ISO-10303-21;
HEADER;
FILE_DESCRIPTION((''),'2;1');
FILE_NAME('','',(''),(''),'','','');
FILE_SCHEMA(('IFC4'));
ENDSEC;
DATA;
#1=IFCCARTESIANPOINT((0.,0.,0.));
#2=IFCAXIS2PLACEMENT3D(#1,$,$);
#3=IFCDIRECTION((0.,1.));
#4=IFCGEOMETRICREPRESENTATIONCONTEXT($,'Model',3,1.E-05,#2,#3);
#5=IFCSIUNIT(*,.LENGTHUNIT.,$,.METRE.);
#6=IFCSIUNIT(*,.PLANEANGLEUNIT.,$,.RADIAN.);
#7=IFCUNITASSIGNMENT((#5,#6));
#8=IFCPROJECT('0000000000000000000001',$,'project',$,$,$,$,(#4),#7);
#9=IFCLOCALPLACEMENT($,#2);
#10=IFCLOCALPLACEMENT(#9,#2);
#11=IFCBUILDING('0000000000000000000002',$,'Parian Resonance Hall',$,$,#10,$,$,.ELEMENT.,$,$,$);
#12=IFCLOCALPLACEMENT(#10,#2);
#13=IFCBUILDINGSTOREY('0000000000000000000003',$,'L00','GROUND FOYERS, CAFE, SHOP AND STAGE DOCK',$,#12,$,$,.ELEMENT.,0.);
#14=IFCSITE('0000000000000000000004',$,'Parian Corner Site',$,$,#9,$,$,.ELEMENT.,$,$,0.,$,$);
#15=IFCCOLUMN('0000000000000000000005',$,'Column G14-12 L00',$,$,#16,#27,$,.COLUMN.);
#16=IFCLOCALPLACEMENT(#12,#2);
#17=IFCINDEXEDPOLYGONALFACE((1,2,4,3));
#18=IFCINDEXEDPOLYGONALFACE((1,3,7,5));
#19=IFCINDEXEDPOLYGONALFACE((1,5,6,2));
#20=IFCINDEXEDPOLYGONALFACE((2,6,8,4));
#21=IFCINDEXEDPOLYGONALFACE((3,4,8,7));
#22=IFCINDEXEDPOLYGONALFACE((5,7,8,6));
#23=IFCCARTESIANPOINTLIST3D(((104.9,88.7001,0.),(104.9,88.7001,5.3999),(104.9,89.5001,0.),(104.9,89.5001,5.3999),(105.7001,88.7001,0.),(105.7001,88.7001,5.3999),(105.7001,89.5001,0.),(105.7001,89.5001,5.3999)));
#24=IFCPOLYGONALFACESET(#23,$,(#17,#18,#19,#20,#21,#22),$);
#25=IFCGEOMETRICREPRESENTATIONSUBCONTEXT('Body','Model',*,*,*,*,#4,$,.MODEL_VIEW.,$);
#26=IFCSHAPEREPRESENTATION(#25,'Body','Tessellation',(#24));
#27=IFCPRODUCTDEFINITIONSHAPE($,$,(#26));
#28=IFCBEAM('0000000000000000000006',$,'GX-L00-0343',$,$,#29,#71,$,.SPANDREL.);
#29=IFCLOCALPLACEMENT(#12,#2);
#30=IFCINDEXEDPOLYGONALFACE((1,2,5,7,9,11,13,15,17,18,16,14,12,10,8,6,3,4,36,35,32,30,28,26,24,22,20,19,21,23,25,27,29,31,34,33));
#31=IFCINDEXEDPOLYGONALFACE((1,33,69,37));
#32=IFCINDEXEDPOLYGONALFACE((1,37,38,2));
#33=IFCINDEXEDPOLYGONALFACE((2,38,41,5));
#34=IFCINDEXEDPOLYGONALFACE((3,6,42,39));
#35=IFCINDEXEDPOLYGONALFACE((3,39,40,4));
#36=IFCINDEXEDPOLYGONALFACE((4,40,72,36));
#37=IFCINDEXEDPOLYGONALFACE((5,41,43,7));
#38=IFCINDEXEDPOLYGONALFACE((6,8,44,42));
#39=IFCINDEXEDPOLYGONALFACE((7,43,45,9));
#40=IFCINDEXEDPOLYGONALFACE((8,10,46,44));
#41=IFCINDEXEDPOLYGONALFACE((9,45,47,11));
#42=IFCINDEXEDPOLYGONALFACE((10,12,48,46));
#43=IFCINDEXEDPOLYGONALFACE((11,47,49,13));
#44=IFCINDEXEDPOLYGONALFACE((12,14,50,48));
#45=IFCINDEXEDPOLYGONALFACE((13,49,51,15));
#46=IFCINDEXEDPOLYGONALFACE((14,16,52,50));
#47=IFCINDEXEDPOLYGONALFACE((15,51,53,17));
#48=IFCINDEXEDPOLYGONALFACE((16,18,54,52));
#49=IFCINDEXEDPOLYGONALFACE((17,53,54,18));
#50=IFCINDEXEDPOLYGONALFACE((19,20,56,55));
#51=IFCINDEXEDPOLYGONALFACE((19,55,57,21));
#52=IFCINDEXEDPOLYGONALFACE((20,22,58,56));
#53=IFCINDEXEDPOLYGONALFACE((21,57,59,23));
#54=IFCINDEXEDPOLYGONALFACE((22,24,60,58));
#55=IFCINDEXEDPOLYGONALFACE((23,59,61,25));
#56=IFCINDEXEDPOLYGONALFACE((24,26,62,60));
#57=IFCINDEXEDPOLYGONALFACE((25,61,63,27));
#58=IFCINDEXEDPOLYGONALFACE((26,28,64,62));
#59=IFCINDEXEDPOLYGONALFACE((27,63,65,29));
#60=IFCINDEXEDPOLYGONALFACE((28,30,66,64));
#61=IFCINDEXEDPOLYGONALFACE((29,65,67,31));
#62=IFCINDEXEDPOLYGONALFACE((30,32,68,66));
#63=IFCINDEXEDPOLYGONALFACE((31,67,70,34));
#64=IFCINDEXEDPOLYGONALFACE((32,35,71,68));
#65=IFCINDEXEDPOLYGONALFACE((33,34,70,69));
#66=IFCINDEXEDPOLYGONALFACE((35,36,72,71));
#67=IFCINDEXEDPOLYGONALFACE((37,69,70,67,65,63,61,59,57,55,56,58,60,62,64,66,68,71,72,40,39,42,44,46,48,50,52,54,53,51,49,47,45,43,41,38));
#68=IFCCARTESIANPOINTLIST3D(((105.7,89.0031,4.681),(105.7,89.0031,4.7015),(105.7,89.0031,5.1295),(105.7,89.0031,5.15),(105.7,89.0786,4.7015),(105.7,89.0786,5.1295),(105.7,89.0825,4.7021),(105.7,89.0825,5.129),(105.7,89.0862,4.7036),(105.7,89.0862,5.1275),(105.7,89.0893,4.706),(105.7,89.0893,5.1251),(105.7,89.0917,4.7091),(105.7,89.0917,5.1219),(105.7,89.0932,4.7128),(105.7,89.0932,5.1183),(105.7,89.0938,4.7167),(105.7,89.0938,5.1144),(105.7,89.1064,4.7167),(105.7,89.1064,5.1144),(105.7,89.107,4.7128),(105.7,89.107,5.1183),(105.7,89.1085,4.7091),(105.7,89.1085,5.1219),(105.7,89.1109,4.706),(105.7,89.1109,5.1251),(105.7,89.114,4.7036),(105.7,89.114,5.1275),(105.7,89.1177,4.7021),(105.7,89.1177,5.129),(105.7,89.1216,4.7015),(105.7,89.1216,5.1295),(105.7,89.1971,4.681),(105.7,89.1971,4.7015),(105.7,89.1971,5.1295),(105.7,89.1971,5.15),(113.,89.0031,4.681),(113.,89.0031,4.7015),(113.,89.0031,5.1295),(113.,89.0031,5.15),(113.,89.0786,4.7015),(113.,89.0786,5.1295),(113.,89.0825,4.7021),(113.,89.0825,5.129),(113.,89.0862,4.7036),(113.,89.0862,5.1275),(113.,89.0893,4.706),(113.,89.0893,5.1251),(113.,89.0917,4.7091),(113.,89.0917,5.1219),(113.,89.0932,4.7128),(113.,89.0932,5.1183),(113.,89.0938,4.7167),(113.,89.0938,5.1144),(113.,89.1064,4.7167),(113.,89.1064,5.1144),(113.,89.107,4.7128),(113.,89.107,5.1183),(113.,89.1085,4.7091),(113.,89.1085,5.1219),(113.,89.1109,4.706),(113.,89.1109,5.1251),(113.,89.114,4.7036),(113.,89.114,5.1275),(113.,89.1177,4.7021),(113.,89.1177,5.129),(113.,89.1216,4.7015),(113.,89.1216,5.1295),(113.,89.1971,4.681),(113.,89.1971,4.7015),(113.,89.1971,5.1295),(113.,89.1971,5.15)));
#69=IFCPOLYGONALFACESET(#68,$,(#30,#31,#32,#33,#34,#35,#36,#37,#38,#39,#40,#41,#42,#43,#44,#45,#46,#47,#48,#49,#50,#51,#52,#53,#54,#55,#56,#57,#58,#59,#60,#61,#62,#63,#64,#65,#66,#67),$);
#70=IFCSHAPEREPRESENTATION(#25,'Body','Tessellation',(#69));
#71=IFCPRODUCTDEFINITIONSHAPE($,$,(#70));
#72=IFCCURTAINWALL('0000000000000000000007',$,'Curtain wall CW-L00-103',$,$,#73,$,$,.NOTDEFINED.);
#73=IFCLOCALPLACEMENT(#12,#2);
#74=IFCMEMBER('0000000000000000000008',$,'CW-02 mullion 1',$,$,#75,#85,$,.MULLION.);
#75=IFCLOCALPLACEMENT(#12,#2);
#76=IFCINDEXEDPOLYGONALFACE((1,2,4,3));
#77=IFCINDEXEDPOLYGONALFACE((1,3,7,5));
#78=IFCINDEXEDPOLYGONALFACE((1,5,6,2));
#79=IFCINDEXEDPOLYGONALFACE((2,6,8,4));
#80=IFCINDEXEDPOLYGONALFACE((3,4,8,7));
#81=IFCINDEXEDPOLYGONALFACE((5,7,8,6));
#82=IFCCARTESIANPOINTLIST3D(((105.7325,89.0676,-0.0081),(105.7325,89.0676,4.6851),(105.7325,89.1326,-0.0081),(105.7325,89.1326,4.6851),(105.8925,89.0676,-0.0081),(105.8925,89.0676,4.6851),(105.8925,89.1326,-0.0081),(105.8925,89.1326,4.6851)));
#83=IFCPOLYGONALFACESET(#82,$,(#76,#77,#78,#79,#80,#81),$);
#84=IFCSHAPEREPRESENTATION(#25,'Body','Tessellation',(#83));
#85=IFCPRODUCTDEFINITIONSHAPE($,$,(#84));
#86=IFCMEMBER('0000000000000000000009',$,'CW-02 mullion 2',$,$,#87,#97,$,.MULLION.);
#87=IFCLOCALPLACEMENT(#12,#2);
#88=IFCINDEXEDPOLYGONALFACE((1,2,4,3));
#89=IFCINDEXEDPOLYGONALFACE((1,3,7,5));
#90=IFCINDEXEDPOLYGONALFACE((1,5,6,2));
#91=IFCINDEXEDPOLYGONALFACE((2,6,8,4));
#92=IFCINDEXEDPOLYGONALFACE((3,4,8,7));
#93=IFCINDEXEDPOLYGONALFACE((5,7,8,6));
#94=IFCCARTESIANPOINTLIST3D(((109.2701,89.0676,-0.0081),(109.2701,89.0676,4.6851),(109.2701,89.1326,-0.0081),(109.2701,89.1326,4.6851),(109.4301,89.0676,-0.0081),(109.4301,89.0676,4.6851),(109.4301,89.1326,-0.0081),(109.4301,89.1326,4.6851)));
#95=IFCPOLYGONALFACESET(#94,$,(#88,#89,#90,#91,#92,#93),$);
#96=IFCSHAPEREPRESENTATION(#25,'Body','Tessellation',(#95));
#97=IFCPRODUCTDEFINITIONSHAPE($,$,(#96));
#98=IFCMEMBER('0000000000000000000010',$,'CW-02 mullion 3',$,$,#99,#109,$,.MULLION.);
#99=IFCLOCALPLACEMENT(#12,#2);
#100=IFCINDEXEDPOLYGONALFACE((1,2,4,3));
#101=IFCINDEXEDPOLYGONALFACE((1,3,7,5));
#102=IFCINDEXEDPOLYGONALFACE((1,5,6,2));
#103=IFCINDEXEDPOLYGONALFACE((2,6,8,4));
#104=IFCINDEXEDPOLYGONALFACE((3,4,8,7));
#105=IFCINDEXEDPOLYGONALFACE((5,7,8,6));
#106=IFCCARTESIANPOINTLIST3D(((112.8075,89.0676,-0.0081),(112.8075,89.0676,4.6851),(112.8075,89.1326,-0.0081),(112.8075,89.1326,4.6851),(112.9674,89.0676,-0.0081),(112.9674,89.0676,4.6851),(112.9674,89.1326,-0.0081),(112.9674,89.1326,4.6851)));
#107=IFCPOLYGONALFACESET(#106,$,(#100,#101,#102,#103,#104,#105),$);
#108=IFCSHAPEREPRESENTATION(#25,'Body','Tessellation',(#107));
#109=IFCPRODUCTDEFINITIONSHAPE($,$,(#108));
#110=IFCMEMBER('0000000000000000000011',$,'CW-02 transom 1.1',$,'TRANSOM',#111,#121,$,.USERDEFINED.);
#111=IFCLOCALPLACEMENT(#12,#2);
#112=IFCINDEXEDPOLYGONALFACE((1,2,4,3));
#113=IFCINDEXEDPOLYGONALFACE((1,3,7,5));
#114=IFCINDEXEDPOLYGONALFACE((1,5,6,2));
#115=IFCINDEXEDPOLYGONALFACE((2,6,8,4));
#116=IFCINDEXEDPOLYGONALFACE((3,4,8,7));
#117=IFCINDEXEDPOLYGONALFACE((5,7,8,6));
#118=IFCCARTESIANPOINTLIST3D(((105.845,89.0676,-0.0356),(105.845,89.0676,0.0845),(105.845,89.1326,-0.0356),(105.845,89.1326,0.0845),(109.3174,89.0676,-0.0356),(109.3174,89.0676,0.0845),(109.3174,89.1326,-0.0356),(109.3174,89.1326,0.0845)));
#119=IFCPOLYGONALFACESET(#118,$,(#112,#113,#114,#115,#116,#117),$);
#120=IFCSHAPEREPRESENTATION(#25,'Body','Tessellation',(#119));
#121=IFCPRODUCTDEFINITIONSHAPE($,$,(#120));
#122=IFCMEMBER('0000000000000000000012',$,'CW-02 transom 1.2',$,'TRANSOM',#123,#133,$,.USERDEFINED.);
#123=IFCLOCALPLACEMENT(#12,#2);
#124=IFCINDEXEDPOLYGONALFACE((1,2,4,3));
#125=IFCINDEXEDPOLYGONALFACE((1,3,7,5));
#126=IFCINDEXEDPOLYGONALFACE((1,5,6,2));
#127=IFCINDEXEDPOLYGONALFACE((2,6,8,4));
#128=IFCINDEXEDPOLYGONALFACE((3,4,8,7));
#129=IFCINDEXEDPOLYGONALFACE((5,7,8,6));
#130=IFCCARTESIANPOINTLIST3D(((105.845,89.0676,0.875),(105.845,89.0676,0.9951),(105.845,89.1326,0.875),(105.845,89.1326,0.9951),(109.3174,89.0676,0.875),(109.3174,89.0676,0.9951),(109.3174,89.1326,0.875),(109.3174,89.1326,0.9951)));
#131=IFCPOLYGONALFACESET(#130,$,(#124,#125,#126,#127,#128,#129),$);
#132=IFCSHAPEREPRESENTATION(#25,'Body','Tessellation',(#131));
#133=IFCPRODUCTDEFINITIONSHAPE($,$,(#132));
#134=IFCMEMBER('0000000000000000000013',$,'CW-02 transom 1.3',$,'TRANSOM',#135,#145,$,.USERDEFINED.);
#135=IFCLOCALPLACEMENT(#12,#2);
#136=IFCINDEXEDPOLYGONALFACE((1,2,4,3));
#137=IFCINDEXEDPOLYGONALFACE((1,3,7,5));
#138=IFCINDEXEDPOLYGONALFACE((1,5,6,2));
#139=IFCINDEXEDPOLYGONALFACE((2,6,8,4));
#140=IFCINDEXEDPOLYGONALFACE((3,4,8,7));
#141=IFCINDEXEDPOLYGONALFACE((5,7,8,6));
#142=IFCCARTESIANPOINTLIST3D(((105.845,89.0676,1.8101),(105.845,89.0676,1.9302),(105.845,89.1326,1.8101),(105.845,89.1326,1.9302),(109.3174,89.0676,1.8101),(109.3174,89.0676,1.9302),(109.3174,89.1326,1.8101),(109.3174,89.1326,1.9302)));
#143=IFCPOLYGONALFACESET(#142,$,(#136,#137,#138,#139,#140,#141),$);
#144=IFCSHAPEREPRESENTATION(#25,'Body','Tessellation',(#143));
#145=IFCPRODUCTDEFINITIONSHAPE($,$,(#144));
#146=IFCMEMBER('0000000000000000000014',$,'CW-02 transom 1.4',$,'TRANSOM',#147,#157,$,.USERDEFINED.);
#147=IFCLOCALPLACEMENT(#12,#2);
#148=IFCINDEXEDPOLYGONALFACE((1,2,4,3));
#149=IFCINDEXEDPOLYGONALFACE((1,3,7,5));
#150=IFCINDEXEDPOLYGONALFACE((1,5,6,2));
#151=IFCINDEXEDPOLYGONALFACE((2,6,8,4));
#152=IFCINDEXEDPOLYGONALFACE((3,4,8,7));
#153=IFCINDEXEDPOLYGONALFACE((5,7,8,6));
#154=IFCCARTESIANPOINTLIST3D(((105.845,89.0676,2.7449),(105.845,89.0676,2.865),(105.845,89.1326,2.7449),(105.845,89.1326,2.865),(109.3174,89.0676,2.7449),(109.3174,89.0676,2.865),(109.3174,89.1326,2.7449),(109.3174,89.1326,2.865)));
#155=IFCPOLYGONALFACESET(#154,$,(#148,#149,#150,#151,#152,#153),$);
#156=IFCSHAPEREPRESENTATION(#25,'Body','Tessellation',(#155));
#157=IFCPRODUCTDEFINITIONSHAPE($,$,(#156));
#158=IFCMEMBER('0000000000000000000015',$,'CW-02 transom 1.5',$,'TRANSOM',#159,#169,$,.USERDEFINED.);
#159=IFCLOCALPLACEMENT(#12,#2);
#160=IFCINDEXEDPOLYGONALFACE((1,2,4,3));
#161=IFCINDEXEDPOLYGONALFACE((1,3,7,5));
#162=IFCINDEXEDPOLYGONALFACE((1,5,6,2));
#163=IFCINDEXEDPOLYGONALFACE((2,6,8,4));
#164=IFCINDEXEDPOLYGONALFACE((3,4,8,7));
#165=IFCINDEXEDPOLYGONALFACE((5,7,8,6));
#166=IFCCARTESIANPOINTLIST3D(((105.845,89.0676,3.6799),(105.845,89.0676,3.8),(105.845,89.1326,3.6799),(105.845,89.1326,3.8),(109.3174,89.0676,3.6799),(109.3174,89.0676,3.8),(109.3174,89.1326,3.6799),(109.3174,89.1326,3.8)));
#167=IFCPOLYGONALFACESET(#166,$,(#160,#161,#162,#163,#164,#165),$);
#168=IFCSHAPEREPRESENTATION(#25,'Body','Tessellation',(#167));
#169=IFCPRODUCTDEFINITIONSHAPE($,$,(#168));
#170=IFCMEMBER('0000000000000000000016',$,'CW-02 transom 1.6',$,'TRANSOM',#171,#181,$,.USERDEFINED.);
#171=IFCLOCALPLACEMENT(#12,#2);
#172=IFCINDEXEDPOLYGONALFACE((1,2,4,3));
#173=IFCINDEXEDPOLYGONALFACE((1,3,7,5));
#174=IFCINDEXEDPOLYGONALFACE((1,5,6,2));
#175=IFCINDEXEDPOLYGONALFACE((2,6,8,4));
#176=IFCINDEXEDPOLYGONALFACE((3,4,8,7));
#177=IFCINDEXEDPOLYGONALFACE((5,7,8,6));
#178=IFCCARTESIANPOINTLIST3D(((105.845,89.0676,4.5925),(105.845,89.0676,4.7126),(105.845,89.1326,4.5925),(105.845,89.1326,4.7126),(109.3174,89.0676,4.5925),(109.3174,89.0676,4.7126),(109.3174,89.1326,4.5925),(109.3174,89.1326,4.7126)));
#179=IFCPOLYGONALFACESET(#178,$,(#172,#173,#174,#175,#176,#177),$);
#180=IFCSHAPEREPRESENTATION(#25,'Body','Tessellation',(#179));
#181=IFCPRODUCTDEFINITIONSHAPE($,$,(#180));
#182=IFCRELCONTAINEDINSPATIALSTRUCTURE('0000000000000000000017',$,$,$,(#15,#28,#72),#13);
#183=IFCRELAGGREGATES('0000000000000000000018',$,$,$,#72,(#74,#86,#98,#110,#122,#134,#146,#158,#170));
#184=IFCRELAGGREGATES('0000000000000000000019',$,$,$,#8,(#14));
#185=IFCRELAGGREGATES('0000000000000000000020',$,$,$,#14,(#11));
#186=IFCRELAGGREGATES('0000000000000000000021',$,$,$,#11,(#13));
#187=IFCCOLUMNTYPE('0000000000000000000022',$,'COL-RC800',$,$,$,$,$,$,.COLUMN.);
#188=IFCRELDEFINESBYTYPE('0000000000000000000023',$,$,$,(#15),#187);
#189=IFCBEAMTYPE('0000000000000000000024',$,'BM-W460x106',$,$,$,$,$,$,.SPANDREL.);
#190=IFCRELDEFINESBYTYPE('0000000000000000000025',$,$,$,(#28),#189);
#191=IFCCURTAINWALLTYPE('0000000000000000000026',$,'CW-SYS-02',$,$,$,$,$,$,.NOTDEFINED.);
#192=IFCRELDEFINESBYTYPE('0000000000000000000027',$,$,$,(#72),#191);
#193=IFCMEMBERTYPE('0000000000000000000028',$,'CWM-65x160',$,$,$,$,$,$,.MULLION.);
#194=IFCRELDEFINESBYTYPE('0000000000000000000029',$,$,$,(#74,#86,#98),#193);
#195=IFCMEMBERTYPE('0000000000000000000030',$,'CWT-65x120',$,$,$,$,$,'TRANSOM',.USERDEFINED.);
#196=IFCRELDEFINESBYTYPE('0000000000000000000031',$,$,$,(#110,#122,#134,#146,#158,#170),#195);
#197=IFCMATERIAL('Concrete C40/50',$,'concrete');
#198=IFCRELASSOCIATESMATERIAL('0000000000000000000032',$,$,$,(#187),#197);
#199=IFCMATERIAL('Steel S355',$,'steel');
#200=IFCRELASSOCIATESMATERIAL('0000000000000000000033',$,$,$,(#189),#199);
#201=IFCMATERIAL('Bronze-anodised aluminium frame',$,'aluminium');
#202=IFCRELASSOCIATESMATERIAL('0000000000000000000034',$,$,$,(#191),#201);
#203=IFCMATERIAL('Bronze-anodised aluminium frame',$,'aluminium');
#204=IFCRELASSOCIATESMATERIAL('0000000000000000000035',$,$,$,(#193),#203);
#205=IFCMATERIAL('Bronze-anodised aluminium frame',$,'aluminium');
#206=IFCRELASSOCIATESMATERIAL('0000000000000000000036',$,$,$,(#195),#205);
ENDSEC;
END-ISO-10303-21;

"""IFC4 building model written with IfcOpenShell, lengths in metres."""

from ifc_helpers import new_model, si_unit, direction, frame, origin, origin_2d, place, context, subcontext, project, spatial, rectangle, i_section, extrude, material, material_profile, profile_set, type_object, element, aggregate, save


model = new_model("IFC4")

# Units and contexts
model_context = context("Model", 3, precision=1e-05, world=origin(), true_north=direction((0.0, 1.0)))
body_context = subcontext(model_context, "Body", "Model", "MODEL_VIEW")
ifc_project = project(units=[si_unit("LENGTHUNIT", "METRE"), si_unit("PLANEANGLEUNIT", "RADIAN")], contexts=[model_context])

# Site, building, storey
site_placement = place(None, origin())
site = spatial("IfcSite", under=ifc_project, at=site_placement, Name="Parian Corner Site", CompositionType="ELEMENT", RefElevation=0.0)
building_placement = place(site_placement, origin())
building = spatial("IfcBuilding", under=site, at=building_placement, Name="Parian Resonance Hall", CompositionType="ELEMENT")
storey_placement = place(building_placement, origin())
storey = spatial("IfcBuildingStorey", under=building, at=storey_placement, Name="L00", Description="GROUND FOYERS, CAFE, SHOP AND STAGE DOCK", CompositionType="ELEMENT", Elevation=0.0)

# Column
ifc_material_1 = material(Name="Concrete C40/50", Category="concrete")
ifc_material_profile_1 = material_profile(ifc_material_1, rectangle(XDim=0.8, YDim=0.8, at=origin_2d()), Name="RC-COL-800x800")
ifc_profile_set_1 = profile_set([ifc_material_profile_1], Name="Concrete C40/50")
column_type = type_object("IfcColumnType", Name="COL-RC800", PredefinedType="COLUMN", material=ifc_profile_set_1)
column_placement = place(storey_placement, frame((105.3, 89.1001, 0.0), z_axis=(0.0, 0.0, 1.0), x_axis=(1.0, 0.0, 0.0)))
element("IfcColumn", 1, at=column_placement, inside=storey, type_object=column_type, Name="Column G14-12 L00", PredefinedType="COLUMN", context=body_context, shape_type="SweptSolid", body=[
    extrude(rectangle(XDim=0.8, YDim=0.8, at=origin_2d()), origin(), (0.0, 0.0, 1.0), 5.3999),
])

# Beam
ifc_material_2 = material(Name="Steel S355", Category="steel")
ifc_material_profile_2 = material_profile(ifc_material_2, i_section(OverallWidth=0.1941, OverallDepth=0.469, WebThickness=0.0127, FlangeThickness=0.0205, FilletRadius=0.0151, at=origin_2d()), Name="W460x106")
ifc_profile_set_2 = profile_set([ifc_material_profile_2], Name="Steel S355")
beam_type = type_object("IfcBeamType", Name="BM-W460x106", PredefinedType="SPANDREL", material=ifc_profile_set_2)
beam_placement = place(storey_placement, frame((105.7, 89.1001, 4.9155), z_axis=(1.0, 0.0, 0.0), x_axis=(0.0, 1.0, 0.0)))
element("IfcBeam", 2, at=beam_placement, inside=storey, type_object=beam_type, Name="GX-L00-0343", PredefinedType="SPANDREL", context=body_context, shape_type="SweptSolid", body=[
    extrude(i_section(OverallWidth=0.1941, OverallDepth=0.469, WebThickness=0.0127, FlangeThickness=0.0205, FilletRadius=0.0151, at=origin_2d()), origin(), (0.0, 0.0, 1.0), 7.3),
])

# Curtain wall, members
ifc_material_3 = material(Name="Bronze-anodised aluminium frame", Category="aluminium")
curtain_wall_type = type_object("IfcCurtainWallType", Name="CW-SYS-02", PredefinedType="NOTDEFINED", material=ifc_material_3)
curtain_wall_placement = place(storey_placement, origin())
curtain_wall = element("IfcCurtainWall", 3, at=curtain_wall_placement, inside=storey, type_object=curtain_wall_type, Name="Curtain wall CW-L00-103", PredefinedType="NOTDEFINED")
ifc_material_4 = material(Name="Bronze-anodised aluminium frame", Category="aluminium")
ifc_material_profile_3 = material_profile(ifc_material_4, rectangle(XDim=0.0649, YDim=0.1599, at=origin_2d()), Name="CWM-65x160")
ifc_profile_set_3 = profile_set([ifc_material_profile_3], Name="Bronze-anodised aluminium frame")
member_type_1 = type_object("IfcMemberType", Name="CWM-65x160", PredefinedType="MULLION", material=ifc_profile_set_3)
member_1_placement = place(storey_placement, frame((105.8125, 89.1001, -0.0081), z_axis=(0.0, 0.0, 1.0), x_axis=(0.0, 1.0, 0.0)))
member_1 = element("IfcMember", 4, at=member_1_placement, type_object=member_type_1, Name="CW-02 mullion 1", PredefinedType="MULLION", context=body_context, shape_type="SweptSolid", body=[
    extrude(rectangle(XDim=0.0649, YDim=0.1599, at=origin_2d()), origin(), (0.0, 0.0, 1.0), 4.6931),
])
member_2_placement = place(storey_placement, frame((109.3501, 89.1001, -0.0081), z_axis=(0.0, 0.0, 1.0), x_axis=(0.0, 1.0, 0.0)))
member_2 = element("IfcMember", 5, at=member_2_placement, type_object=member_type_1, Name="CW-02 mullion 2", PredefinedType="MULLION", context=body_context, shape_type="SweptSolid", body=[
    extrude(rectangle(XDim=0.0649, YDim=0.1599, at=origin_2d()), origin(), (0.0, 0.0, 1.0), 4.6931),
])
member_3_placement = place(storey_placement, frame((112.8875, 89.1001, -0.0081), z_axis=(0.0, 0.0, 1.0), x_axis=(0.0, 1.0, 0.0)))
member_3 = element("IfcMember", 6, at=member_3_placement, type_object=member_type_1, Name="CW-02 mullion 3", PredefinedType="MULLION", context=body_context, shape_type="SweptSolid", body=[
    extrude(rectangle(XDim=0.0649, YDim=0.1599, at=origin_2d()), origin(), (0.0, 0.0, 1.0), 4.6931),
])
ifc_material_5 = material(Name="Bronze-anodised aluminium frame", Category="aluminium")
ifc_material_profile_4 = material_profile(ifc_material_5, rectangle(XDim=0.0649, YDim=0.1201, at=origin_2d()), Name="CWT-65x120")
ifc_profile_set_4 = profile_set([ifc_material_profile_4], Name="Bronze-anodised aluminium frame")
member_type_2 = type_object("IfcMemberType", Name="CWT-65x120", ElementType="TRANSOM", PredefinedType="USERDEFINED", material=ifc_profile_set_4)
member_4_placement = place(storey_placement, frame((105.845, 89.1001, 0.0244), z_axis=(1.0, 0.0, 0.0), x_axis=(0.0, 1.0, 0.0)))
member_4 = element("IfcMember", 7, at=member_4_placement, type_object=member_type_2, Name="CW-02 transom 1.1", ObjectType="TRANSOM", PredefinedType="USERDEFINED", context=body_context, shape_type="SweptSolid", body=[
    extrude(rectangle(XDim=0.0649, YDim=0.1201, at=origin_2d()), origin(), (0.0, 0.0, 1.0), 3.4724),
])
member_5_placement = place(storey_placement, frame((105.845, 89.1001, 0.9351), z_axis=(1.0, 0.0, 0.0), x_axis=(0.0, 1.0, 0.0)))
member_5 = element("IfcMember", 8, at=member_5_placement, type_object=member_type_2, Name="CW-02 transom 1.2", ObjectType="TRANSOM", PredefinedType="USERDEFINED", context=body_context, shape_type="SweptSolid", body=[
    extrude(rectangle(XDim=0.0649, YDim=0.1201, at=origin_2d()), origin(), (0.0, 0.0, 1.0), 3.4724),
])
member_6_placement = place(storey_placement, frame((105.845, 89.1001, 1.8701), z_axis=(1.0, 0.0, 0.0), x_axis=(0.0, 1.0, 0.0)))
member_6 = element("IfcMember", 9, at=member_6_placement, type_object=member_type_2, Name="CW-02 transom 1.3", ObjectType="TRANSOM", PredefinedType="USERDEFINED", context=body_context, shape_type="SweptSolid", body=[
    extrude(rectangle(XDim=0.0649, YDim=0.1201, at=origin_2d()), origin(), (0.0, 0.0, 1.0), 3.4724),
])
member_7_placement = place(storey_placement, frame((105.845, 89.1001, 2.8049), z_axis=(1.0, 0.0, 0.0), x_axis=(0.0, 1.0, 0.0)))
member_7 = element("IfcMember", 10, at=member_7_placement, type_object=member_type_2, Name="CW-02 transom 1.4", ObjectType="TRANSOM", PredefinedType="USERDEFINED", context=body_context, shape_type="SweptSolid", body=[
    extrude(rectangle(XDim=0.0649, YDim=0.1201, at=origin_2d()), origin(), (0.0, 0.0, 1.0), 3.4724),
])
member_8_placement = place(storey_placement, frame((105.845, 89.1001, 3.74), z_axis=(1.0, 0.0, 0.0), x_axis=(0.0, 1.0, 0.0)))
member_8 = element("IfcMember", 11, at=member_8_placement, type_object=member_type_2, Name="CW-02 transom 1.5", ObjectType="TRANSOM", PredefinedType="USERDEFINED", context=body_context, shape_type="SweptSolid", body=[
    extrude(rectangle(XDim=0.0649, YDim=0.1201, at=origin_2d()), origin(), (0.0, 0.0, 1.0), 3.4724),
])
member_9_placement = place(storey_placement, frame((105.845, 89.1001, 4.6526), z_axis=(1.0, 0.0, 0.0), x_axis=(0.0, 1.0, 0.0)))
member_9 = element("IfcMember", 12, at=member_9_placement, type_object=member_type_2, Name="CW-02 transom 1.6", ObjectType="TRANSOM", PredefinedType="USERDEFINED", context=body_context, shape_type="SweptSolid", body=[
    extrude(rectangle(XDim=0.0649, YDim=0.1201, at=origin_2d()), origin(), (0.0, 0.0, 1.0), 3.4724),
])
aggregate(curtain_wall, [member_1, member_2, member_3, member_4, member_5, member_6, member_7, member_8, member_9])

save(model, "model.ifc")
